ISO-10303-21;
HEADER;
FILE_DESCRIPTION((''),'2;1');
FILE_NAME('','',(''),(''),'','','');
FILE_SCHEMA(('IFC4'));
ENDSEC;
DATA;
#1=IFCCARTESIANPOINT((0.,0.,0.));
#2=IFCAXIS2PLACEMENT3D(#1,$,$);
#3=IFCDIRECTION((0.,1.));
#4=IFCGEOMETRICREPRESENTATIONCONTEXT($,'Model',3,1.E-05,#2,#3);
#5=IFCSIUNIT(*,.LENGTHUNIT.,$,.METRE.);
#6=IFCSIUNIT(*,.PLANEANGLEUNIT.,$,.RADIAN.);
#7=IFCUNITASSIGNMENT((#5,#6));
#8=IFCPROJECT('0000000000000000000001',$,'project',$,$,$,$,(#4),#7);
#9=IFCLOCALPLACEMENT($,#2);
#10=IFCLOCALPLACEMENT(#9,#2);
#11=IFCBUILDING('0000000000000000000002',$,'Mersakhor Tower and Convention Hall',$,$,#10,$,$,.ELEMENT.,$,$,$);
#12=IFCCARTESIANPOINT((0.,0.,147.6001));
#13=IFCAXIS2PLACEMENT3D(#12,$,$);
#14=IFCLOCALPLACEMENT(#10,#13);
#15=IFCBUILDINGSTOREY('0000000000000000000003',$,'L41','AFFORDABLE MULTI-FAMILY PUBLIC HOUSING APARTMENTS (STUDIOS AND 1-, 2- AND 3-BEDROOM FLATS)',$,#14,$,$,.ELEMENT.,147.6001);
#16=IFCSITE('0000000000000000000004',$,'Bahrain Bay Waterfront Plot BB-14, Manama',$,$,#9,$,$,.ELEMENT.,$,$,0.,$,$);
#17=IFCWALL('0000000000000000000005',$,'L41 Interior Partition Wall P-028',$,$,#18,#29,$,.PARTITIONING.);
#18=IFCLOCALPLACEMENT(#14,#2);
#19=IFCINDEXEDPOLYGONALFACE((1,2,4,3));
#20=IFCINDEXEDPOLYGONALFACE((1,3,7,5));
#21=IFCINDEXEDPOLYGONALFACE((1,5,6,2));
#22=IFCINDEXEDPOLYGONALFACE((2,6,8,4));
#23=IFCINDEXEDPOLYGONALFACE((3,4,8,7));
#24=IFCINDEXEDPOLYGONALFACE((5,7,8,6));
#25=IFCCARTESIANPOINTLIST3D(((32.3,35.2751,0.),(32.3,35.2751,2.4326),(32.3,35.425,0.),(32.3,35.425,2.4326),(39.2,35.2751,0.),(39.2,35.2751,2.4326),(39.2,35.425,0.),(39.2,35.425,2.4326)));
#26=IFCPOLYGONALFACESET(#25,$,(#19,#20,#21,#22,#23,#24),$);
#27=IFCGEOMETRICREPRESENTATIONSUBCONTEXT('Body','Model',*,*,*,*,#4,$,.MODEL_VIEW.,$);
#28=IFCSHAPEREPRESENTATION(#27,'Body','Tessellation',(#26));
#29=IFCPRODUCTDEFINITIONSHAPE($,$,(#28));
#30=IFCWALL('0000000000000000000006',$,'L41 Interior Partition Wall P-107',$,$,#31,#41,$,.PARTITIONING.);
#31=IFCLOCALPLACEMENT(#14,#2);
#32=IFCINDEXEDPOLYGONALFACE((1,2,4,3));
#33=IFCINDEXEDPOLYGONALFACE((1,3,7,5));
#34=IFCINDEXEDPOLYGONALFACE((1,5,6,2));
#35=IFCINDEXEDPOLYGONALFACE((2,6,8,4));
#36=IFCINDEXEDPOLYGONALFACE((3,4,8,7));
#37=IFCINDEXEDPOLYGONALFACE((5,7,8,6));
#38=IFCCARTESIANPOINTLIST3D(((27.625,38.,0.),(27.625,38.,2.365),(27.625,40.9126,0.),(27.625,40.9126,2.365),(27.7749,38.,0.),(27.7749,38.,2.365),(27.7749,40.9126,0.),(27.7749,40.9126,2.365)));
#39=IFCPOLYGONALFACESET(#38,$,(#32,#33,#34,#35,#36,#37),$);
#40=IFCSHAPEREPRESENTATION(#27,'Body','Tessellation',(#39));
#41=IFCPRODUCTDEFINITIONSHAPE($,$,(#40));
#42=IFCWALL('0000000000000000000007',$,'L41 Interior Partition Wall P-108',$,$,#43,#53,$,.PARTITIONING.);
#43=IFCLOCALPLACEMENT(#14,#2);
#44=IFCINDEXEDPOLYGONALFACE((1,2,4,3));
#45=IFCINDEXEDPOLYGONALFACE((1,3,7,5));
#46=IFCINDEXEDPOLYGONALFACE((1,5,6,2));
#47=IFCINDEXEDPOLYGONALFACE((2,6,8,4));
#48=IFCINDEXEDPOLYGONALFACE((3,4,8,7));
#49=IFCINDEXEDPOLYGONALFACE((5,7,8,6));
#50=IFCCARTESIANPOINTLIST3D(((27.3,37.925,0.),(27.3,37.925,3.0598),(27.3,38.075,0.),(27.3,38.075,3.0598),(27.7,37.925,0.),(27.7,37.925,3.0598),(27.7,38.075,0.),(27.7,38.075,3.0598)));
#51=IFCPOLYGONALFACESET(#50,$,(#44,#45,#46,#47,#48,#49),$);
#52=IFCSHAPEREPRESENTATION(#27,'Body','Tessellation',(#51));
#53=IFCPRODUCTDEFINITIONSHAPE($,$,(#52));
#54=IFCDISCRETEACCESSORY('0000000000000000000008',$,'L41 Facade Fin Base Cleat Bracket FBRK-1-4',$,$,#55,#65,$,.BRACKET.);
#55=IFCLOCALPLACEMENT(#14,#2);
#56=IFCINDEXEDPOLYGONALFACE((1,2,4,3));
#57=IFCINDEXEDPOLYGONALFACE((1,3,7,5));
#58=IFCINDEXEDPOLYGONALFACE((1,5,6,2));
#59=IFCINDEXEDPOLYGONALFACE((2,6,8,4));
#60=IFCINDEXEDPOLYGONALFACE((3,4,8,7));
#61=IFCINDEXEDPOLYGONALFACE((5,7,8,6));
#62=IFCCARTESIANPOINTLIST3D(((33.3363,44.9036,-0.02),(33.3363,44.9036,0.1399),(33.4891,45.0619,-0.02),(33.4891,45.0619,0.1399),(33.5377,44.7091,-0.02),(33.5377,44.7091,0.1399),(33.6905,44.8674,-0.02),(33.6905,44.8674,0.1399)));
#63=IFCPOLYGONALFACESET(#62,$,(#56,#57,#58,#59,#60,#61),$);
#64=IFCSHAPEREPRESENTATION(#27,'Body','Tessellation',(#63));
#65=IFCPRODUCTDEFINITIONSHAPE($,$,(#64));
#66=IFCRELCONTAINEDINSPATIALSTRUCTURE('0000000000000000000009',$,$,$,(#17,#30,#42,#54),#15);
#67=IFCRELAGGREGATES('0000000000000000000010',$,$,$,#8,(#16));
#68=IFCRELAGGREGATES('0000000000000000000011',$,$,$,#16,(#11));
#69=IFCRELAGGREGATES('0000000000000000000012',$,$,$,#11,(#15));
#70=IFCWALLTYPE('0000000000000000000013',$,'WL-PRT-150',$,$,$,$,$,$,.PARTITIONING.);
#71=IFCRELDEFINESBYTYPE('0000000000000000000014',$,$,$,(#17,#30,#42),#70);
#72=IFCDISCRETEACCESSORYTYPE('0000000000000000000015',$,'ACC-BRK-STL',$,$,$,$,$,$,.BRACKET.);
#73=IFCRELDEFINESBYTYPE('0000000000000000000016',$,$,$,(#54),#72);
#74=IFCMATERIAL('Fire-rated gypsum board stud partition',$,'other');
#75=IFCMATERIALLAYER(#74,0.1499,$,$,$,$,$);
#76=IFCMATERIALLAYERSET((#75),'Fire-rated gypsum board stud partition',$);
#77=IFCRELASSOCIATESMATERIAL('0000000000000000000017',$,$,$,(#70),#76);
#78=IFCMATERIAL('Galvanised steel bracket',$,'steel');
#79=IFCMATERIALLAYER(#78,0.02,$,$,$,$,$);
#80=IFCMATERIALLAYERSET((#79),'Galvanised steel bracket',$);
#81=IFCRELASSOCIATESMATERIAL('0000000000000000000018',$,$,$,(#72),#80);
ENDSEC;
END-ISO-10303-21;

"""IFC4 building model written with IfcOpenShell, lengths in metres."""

from ifc_helpers import new_model, si_unit, direction, frame, frame_2d, origin, origin_2d, place, context, subcontext, project, spatial, rectangle, extrude, material, layer, layer_set, type_object, element, save


model = new_model("IFC4")

# Units and contexts
model_context = context("Model", 3, precision=1e-05, world=origin(), true_north=direction((0.0, 1.0)))
body_context = subcontext(model_context, "Body", "Model", "MODEL_VIEW")
ifc_project = project(units=[si_unit("LENGTHUNIT", "METRE"), si_unit("PLANEANGLEUNIT", "RADIAN")], contexts=[model_context])

# Site, building, storey
site_placement = place(None, origin())
site = spatial("IfcSite", under=ifc_project, at=site_placement, Name="Bahrain Bay Waterfront Plot BB-14, Manama", CompositionType="ELEMENT", RefElevation=0.0)
building_placement = place(site_placement, origin())
building = spatial("IfcBuilding", under=site, at=building_placement, Name="Mersakhor Tower and Convention Hall", CompositionType="ELEMENT")
storey_placement = place(building_placement, frame((0.0, 0.0, 147.6001)))
storey = spatial("IfcBuildingStorey", under=building, at=storey_placement, Name="L41", Description="AFFORDABLE MULTI-FAMILY PUBLIC HOUSING APARTMENTS (STUDIOS AND 1-, 2- AND 3-BEDROOM FLATS)", CompositionType="ELEMENT", Elevation=147.6001)

# Shared definitions
ifc_material_1 = material(Name="Fire-rated gypsum board stud partition", Category="other")
ifc_layer_1 = layer(ifc_material_1, 0.1499)
ifc_layer_set_1 = layer_set([ifc_layer_1], Name="Fire-rated gypsum board stud partition")
wall_type_1 = type_object("IfcWallType", Name="WL-PRT-150", PredefinedType="PARTITIONING", material=ifc_layer_set_1)

# Walls
wall_1_placement = place(storey_placement, frame((32.3, 35.3501, 0.0), z_axis=(0.0, 0.0, 1.0), x_axis=(1.0, 0.0, 0.0)))
element("IfcWall", 1, at=wall_1_placement, inside=storey, type_object=wall_type_1, Name="L41 Interior Partition Wall P-028", PredefinedType="PARTITIONING", context=body_context, shape_type="SweptSolid", body=[
    extrude(rectangle(XDim=6.8999, YDim=0.1499, at=frame_2d((3.45, 0.0))), origin(), (0.0, 0.0, 1.0), 2.4326),
])
wall_2_placement = place(storey_placement, frame((27.7, 40.9126, 0.0), z_axis=(0.0, 0.0, 1.0), x_axis=(0.0, -1.0, 0.0)))
element("IfcWall", 2, at=wall_2_placement, inside=storey, type_object=wall_type_1, Name="L41 Interior Partition Wall P-107", PredefinedType="PARTITIONING", context=body_context, shape_type="SweptSolid", body=[
    extrude(rectangle(XDim=2.9126, YDim=0.1499, at=frame_2d((1.4563, 0.0))), origin(), (0.0, 0.0, 1.0), 2.365),
])
wall_3_placement = place(storey_placement, frame((27.7, 38.0, 0.0), z_axis=(0.0, 0.0, 1.0), x_axis=(-1.0, 0.0, 0.0)))
element("IfcWall", 3, at=wall_3_placement, inside=storey, type_object=wall_type_1, Name="L41 Interior Partition Wall P-108", PredefinedType="PARTITIONING", context=body_context, shape_type="SweptSolid", body=[
    extrude(rectangle(XDim=0.3999, YDim=0.1499, at=frame_2d((0.2, 0.0))), origin(), (0.0, 0.0, 1.0), 3.0598),
])

# Discrete accessory
ifc_material_2 = material(Name="Galvanised steel bracket", Category="steel")
ifc_layer_2 = layer(ifc_material_2, 0.02)
ifc_layer_set_2 = layer_set([ifc_layer_2], Name="Galvanised steel bracket")
discrete_accessory_type = type_object("IfcDiscreteAccessoryType", Name="ACC-BRK-STL", PredefinedType="BRACKET", material=ifc_layer_set_2)
discrete_accessory_placement = place(storey_placement, frame((33.5134, 44.8855, -0.02), z_axis=(0.0, 0.0, 1.0), x_axis=(-0.71934, 0.694658, 0.0)))
element("IfcDiscreteAccessory", 4, at=discrete_accessory_placement, inside=storey, type_object=discrete_accessory_type, Name="L41 Facade Fin Base Cleat Bracket FBRK-1-4", PredefinedType="BRACKET", context=body_context, shape_type="SweptSolid", body=[
    extrude(rectangle(XDim=0.28, YDim=0.22, at=origin_2d()), origin(), (0.0, 0.0, 1.0), 0.1599),
])

save(model, "model.ifc")
